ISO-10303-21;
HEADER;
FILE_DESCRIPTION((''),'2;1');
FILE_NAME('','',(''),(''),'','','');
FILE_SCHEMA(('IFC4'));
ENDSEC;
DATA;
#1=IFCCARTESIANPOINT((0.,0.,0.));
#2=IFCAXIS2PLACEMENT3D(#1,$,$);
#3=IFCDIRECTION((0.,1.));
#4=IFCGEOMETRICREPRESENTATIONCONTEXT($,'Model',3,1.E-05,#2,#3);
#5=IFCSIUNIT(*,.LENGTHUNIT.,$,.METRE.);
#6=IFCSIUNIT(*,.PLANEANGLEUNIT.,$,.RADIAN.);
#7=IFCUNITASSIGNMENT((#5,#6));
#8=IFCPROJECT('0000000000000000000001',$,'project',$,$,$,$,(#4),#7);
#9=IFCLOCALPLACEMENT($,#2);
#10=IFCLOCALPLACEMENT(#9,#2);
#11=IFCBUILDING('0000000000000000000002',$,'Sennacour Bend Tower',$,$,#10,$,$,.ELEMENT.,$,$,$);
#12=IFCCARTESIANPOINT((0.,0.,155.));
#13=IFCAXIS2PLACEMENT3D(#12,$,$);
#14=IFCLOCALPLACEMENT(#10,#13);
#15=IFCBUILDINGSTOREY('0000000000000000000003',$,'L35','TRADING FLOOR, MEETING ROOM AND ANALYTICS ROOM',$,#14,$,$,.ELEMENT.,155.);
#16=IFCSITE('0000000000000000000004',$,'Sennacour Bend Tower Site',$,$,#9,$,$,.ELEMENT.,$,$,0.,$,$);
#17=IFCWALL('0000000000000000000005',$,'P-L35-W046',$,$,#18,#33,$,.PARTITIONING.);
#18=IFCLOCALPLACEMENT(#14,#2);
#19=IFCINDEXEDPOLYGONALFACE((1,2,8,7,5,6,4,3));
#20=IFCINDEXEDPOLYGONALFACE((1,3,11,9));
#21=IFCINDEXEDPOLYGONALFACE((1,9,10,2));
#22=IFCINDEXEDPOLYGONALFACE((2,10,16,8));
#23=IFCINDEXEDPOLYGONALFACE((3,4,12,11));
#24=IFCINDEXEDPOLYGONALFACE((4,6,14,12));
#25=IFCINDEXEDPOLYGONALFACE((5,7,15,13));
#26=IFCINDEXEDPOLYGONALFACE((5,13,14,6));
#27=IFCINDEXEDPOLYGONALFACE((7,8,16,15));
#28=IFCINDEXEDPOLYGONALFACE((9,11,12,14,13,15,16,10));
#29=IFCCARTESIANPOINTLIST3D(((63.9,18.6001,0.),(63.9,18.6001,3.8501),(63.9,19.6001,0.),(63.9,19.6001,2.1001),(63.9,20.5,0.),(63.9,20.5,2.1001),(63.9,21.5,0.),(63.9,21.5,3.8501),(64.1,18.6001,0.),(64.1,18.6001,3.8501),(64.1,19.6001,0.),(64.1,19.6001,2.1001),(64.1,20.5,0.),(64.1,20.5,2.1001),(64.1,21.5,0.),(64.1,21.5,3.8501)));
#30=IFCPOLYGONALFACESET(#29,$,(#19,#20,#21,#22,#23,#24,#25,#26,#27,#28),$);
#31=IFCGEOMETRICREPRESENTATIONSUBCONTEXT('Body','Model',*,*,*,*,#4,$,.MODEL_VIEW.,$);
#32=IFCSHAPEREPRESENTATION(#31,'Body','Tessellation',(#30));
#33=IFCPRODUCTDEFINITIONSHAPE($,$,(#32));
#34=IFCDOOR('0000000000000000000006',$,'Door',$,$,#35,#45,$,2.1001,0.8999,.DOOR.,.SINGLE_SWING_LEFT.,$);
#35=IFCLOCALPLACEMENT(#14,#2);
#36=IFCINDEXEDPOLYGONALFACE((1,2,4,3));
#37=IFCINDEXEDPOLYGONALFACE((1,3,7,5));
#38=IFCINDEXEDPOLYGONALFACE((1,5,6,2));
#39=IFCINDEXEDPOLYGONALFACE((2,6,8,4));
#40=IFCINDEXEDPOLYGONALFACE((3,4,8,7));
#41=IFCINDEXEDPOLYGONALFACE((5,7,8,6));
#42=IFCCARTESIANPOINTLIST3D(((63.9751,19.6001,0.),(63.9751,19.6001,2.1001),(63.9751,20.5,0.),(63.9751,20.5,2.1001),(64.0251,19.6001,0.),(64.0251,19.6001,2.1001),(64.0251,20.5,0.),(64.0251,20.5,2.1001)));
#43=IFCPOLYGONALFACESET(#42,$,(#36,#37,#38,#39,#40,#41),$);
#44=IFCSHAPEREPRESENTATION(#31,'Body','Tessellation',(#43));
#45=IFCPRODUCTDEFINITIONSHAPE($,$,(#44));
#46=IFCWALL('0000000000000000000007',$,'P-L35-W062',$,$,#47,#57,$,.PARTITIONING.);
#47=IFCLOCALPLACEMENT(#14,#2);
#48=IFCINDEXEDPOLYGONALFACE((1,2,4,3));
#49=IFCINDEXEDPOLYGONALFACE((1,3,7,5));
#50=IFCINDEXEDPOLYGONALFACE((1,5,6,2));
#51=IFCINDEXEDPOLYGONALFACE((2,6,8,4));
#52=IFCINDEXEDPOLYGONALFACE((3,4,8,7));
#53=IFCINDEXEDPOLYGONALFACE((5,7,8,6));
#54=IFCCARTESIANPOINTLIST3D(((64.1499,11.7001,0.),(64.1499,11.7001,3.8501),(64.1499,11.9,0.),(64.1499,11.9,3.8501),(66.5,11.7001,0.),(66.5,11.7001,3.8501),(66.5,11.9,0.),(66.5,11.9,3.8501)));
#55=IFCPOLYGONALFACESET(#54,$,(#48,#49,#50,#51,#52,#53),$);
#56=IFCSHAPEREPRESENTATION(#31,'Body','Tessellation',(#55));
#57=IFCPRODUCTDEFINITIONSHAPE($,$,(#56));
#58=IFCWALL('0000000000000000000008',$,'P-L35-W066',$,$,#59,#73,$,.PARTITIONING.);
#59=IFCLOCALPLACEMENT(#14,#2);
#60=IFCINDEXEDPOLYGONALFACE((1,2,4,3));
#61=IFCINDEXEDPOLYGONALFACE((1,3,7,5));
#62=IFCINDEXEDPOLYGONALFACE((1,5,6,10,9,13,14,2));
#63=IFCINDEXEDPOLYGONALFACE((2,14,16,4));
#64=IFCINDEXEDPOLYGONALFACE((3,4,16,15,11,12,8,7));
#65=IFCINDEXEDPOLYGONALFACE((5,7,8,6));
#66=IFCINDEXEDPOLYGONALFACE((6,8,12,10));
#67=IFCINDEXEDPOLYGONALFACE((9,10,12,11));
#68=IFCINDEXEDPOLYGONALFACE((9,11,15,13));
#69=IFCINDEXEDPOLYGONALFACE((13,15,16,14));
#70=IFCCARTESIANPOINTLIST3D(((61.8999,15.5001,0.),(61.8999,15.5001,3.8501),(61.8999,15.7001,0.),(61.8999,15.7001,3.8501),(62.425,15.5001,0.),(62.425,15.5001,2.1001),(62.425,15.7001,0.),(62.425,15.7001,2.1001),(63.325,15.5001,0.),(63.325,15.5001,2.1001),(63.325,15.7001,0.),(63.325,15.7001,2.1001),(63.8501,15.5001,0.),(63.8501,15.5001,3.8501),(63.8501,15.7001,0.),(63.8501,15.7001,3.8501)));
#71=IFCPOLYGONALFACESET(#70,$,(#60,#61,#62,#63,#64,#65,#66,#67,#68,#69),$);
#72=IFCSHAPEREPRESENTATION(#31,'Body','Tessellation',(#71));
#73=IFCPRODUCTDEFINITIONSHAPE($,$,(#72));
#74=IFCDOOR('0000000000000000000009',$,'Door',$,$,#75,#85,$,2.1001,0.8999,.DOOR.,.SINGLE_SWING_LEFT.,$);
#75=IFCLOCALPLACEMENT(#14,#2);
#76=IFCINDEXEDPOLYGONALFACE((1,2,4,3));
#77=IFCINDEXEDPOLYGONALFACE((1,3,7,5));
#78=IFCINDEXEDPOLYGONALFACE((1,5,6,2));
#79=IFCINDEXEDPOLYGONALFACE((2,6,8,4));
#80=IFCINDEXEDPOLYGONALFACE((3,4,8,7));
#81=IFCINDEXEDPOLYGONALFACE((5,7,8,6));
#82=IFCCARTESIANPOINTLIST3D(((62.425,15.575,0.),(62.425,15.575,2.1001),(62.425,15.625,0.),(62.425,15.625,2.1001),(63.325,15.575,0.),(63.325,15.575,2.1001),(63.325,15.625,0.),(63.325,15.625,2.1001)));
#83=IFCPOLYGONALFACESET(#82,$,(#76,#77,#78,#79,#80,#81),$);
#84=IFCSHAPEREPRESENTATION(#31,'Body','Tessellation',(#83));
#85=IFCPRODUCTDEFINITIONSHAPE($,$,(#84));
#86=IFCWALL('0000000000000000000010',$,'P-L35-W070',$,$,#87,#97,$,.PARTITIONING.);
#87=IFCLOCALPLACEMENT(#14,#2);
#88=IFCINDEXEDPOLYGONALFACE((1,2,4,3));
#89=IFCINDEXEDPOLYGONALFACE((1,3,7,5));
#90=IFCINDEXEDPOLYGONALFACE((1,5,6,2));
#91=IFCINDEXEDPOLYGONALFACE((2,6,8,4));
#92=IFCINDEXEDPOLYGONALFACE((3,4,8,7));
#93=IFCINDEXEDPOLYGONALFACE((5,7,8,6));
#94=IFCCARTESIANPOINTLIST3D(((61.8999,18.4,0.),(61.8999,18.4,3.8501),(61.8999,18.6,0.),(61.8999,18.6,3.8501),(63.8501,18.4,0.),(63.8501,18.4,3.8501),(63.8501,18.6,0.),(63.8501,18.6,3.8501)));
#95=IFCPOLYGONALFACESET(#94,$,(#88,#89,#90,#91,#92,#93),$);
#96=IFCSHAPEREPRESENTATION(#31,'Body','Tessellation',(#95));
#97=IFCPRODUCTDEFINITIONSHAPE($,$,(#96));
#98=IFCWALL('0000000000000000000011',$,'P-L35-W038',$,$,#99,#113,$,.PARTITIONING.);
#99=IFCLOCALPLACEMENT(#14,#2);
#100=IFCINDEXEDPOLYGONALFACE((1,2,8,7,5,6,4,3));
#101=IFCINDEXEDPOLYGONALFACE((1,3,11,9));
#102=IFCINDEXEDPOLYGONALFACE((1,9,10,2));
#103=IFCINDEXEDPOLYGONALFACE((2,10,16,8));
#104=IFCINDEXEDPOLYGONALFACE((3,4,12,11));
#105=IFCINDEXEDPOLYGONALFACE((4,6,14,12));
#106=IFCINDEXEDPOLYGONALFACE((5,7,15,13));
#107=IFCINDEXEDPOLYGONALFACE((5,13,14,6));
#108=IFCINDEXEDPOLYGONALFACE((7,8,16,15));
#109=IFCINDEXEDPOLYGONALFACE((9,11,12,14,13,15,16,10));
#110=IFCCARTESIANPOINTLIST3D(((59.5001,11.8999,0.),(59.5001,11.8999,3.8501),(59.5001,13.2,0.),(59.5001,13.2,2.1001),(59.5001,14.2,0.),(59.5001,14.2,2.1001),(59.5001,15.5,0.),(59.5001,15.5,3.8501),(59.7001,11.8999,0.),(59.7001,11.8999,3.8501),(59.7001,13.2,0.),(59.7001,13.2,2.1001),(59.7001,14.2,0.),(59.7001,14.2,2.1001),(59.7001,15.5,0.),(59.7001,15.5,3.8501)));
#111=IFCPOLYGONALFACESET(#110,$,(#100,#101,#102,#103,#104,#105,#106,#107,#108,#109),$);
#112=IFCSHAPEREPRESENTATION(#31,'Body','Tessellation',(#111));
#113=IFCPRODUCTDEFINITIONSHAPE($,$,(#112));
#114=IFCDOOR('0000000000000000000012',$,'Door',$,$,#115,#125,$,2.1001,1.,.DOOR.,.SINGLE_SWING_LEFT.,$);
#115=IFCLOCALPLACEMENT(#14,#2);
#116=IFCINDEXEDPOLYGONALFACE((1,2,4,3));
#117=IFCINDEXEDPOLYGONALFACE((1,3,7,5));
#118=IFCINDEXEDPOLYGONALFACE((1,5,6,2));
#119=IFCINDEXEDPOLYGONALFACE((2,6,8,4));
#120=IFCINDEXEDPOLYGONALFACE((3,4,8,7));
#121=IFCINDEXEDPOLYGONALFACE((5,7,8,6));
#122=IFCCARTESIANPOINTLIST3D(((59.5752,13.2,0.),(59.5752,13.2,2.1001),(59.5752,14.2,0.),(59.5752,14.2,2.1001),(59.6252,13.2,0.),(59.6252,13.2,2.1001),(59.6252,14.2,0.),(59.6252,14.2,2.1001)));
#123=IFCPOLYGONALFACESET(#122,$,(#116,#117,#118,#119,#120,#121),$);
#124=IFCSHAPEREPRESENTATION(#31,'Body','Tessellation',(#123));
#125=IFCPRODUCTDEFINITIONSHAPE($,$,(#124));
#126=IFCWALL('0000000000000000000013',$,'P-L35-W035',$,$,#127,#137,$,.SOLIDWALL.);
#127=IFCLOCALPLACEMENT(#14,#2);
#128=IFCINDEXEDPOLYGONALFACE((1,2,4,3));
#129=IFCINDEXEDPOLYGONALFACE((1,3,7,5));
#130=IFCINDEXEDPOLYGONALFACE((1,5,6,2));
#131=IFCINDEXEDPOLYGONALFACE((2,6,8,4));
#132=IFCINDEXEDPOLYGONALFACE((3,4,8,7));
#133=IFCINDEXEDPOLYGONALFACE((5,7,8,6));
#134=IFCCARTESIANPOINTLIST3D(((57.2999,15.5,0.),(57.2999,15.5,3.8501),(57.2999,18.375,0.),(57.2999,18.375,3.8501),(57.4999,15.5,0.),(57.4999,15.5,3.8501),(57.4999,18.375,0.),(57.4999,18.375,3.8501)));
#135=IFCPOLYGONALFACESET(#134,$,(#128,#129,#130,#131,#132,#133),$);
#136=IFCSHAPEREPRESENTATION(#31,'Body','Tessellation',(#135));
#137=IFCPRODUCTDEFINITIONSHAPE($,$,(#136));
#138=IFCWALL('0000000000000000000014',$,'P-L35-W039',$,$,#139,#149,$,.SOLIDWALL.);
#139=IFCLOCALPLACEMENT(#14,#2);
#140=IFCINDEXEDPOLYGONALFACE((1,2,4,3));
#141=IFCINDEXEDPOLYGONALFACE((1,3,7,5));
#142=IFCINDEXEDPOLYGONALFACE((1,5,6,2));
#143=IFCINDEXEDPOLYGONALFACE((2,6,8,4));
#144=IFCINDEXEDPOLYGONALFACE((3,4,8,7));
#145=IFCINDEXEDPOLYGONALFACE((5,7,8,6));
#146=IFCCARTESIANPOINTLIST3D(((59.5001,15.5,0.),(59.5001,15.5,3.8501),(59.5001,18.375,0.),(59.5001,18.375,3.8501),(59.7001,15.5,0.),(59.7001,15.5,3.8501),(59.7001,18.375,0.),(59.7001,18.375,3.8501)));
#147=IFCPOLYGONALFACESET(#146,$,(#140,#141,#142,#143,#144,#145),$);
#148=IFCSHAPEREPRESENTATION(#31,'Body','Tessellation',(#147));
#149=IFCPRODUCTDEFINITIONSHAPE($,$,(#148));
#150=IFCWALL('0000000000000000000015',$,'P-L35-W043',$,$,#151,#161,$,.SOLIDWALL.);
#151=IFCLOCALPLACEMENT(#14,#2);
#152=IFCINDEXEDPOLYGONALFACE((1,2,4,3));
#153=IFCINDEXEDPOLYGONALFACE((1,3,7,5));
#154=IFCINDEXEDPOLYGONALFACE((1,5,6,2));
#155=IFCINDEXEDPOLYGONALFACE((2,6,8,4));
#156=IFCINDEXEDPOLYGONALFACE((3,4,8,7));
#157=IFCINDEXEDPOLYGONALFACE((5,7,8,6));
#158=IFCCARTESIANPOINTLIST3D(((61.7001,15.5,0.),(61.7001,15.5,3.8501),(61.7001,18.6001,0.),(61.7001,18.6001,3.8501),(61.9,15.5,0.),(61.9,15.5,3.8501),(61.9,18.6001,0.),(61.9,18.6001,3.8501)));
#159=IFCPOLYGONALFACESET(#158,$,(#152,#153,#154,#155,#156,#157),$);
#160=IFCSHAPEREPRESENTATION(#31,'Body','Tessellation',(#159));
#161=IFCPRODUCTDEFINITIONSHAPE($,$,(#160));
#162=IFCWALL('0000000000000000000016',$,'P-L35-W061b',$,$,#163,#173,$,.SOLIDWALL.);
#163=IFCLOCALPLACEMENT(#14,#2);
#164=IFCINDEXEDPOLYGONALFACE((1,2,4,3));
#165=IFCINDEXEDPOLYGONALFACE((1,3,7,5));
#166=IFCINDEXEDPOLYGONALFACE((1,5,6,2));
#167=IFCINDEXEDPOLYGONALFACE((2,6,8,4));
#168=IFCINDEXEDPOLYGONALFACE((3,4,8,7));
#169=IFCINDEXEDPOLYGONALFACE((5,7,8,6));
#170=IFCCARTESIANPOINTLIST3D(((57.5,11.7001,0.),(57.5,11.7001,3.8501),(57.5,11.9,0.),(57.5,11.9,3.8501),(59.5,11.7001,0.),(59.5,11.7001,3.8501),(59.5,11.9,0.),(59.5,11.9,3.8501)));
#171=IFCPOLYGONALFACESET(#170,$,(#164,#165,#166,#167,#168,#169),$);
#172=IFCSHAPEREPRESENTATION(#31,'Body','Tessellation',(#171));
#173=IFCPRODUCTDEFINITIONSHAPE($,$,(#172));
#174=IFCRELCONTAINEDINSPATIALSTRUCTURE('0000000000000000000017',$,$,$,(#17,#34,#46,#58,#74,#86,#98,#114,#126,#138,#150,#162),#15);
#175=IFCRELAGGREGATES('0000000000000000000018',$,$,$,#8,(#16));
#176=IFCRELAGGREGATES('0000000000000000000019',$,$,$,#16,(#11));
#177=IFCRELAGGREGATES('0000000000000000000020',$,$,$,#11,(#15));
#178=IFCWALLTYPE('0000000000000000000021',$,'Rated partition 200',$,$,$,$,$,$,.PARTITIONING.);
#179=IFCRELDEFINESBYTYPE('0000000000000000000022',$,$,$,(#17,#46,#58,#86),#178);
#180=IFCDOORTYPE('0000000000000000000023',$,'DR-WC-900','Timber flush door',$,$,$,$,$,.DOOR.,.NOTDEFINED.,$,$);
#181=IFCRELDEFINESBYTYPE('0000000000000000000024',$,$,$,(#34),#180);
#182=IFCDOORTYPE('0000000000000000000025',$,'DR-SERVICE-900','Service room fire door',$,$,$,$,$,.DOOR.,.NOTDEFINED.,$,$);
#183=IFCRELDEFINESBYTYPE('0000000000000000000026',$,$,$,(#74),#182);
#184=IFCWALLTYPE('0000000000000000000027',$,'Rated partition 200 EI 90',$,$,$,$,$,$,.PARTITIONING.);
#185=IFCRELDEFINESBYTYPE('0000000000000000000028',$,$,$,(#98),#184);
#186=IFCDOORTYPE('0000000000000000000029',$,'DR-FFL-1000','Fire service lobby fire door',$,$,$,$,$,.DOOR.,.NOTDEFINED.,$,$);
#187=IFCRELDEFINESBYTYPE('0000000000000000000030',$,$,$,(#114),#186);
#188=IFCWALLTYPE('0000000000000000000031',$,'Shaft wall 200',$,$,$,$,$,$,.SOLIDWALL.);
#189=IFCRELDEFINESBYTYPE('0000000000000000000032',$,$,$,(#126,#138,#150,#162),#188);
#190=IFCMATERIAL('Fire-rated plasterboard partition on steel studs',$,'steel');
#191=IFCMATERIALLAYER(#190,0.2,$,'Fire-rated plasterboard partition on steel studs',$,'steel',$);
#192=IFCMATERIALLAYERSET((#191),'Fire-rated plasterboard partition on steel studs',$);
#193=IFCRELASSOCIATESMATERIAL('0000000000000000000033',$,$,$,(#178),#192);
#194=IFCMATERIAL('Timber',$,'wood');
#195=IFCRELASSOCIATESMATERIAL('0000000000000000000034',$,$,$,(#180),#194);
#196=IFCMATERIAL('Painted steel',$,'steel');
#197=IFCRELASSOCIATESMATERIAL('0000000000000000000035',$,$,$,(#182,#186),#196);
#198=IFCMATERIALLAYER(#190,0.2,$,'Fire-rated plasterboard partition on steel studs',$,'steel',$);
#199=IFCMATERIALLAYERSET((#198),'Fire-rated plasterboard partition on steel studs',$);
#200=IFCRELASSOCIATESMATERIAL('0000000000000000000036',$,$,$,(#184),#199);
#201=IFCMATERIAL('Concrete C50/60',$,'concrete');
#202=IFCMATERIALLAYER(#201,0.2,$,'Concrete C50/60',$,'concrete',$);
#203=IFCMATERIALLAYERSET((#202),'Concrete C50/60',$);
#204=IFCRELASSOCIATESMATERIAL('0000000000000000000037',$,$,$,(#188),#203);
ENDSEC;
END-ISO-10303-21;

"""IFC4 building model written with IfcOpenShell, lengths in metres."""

from ifc_helpers import new_model, si_unit, direction, frame, frame_2d, origin, place, context, subcontext, project, spatial, rectangle, extrude, material, layer, layer_set, type_object, element, fill, save


model = new_model("IFC4")

# Units and contexts
model_context = context("Model", 3, precision=1e-05, world=origin(), true_north=direction((0.0, 1.0)))
body_context = subcontext(model_context, "Body", "Model", "MODEL_VIEW")
ifc_project = project(units=[si_unit("LENGTHUNIT", "METRE"), si_unit("PLANEANGLEUNIT", "RADIAN")], contexts=[model_context])

# Site, building, storey
site_placement = place(None, origin())
site = spatial("IfcSite", under=ifc_project, at=site_placement, Name="Sennacour Bend Tower Site", CompositionType="ELEMENT", RefElevation=0.0)
building_placement = place(site_placement, origin())
building = spatial("IfcBuilding", under=site, at=building_placement, Name="Sennacour Bend Tower", CompositionType="ELEMENT")
storey_placement = place(building_placement, frame((0.0, 0.0, 155.0)))
storey = spatial("IfcBuildingStorey", under=building, at=storey_placement, Name="L35", Description="TRADING FLOOR, MEETING ROOM AND ANALYTICS ROOM", CompositionType="ELEMENT", Elevation=155.0)

# Wall, opening, door
ifc_material_1 = material(Name="Fire-rated plasterboard partition on steel studs", Category="steel")
ifc_layer_1 = layer(ifc_material_1, 0.2, Name="Fire-rated plasterboard partition on steel studs", Category="steel")
ifc_layer_set_1 = layer_set([ifc_layer_1], Name="Fire-rated plasterboard partition on steel studs")
wall_type_1 = type_object("IfcWallType", Name="Rated partition 200", PredefinedType="PARTITIONING", material=ifc_layer_set_1)
wall_1_placement = place(storey_placement, frame((64.0, 18.6001, 0.0), z_axis=(0.0, 0.0, 1.0), x_axis=(0.0, 1.0, 0.0)))
wall_1 = element("IfcWall", 1, at=wall_1_placement, inside=storey, type_object=wall_type_1, Name="P-L35-W046", PredefinedType="PARTITIONING", context=body_context, shape_type="SweptSolid", body=[
    extrude(rectangle(XDim=2.8999, YDim=0.2, at=frame_2d((1.45, 0.0))), origin(), (0.0, 0.0, 1.0), 3.8501),
])
opening_1_placement = place(wall_1_placement, frame((1.0, 0.0, 0.0)))
opening_1 = element("IfcOpeningElement", 2, at=opening_1_placement, cuts=wall_1, PredefinedType="OPENING", context=body_context, shape_type="SweptSolid", body=[
    extrude(rectangle(XDim=0.8999, YDim=2.1001, at=frame_2d((0.45, 1.05))), frame((0.0, 0.1099, 0.0), z_axis=(0.0, -1.0, 0.0), x_axis=(1.0, 0.0, 0.0)), (0.0, 0.0, 1.0), 0.22),
])
ifc_material_2 = material(Name="Timber", Category="wood")
door_type_1 = type_object("IfcDoorType", Name="DR-WC-900", Description="Timber flush door", OperationType="NOTDEFINED", PredefinedType="DOOR", material=ifc_material_2)
door_1_placement = place(opening_1_placement, origin())
door_1 = element("IfcDoor", 3, at=door_1_placement, inside=storey, type_object=door_type_1, Name="Door", OperationType="SINGLE_SWING_LEFT", OverallHeight=2.1001, OverallWidth=0.8999, PredefinedType="DOOR", context=body_context, shape_type="SweptSolid", body=[
    extrude(rectangle(XDim=0.8999, YDim=2.1001, at=frame_2d((0.45, 1.05))), frame((0.0, 0.0249, 0.0), z_axis=(0.0, -1.0, 0.0), x_axis=(1.0, 0.0, 0.0)), (0.0, 0.0, 1.0), 0.05),
])
fill(opening_1, door_1)

# Wall
wall_2_placement = place(storey_placement, frame((64.1499, 11.8, 0.0), z_axis=(0.0, 0.0, 1.0), x_axis=(1.0, 0.0, 0.0)))
element("IfcWall", 4, at=wall_2_placement, inside=storey, type_object=wall_type_1, Name="P-L35-W062", PredefinedType="PARTITIONING", context=body_context, shape_type="SweptSolid", body=[
    extrude(rectangle(XDim=2.3501, YDim=0.2, at=frame_2d((1.175, 0.0))), origin(), (0.0, 0.0, 1.0), 3.8501),
])

# Wall, opening, door
wall_3_placement = place(storey_placement, frame((61.8999, 15.6001, 0.0), z_axis=(0.0, 0.0, 1.0), x_axis=(1.0, 0.0, 0.0)))
wall_3 = element("IfcWall", 5, at=wall_3_placement, inside=storey, type_object=wall_type_1, Name="P-L35-W066", PredefinedType="PARTITIONING", context=body_context, shape_type="SweptSolid", body=[
    extrude(rectangle(XDim=1.9502, YDim=0.2, at=frame_2d((0.9751, 0.0))), origin(), (0.0, 0.0, 1.0), 3.8501),
])
opening_2_placement = place(wall_3_placement, frame((0.5251, 0.0, 0.0)))
opening_2 = element("IfcOpeningElement", 6, at=opening_2_placement, cuts=wall_3, PredefinedType="OPENING", context=body_context, shape_type="SweptSolid", body=[
    extrude(rectangle(XDim=0.8999, YDim=2.1001, at=frame_2d((0.45, 1.05))), frame((0.0, 0.1099, 0.0), z_axis=(0.0, -1.0, 0.0), x_axis=(1.0, 0.0, 0.0)), (0.0, 0.0, 1.0), 0.22),
])
ifc_material_3 = material(Name="Painted steel", Category="steel")
door_type_2 = type_object("IfcDoorType", Name="DR-SERVICE-900", Description="Service room fire door", OperationType="NOTDEFINED", PredefinedType="DOOR", material=ifc_material_3)
door_2_placement = place(opening_2_placement, origin())
door_2 = element("IfcDoor", 7, at=door_2_placement, inside=storey, type_object=door_type_2, Name="Door", OperationType="SINGLE_SWING_LEFT", OverallHeight=2.1001, OverallWidth=0.8999, PredefinedType="DOOR", context=body_context, shape_type="SweptSolid", body=[
    extrude(rectangle(XDim=0.8999, YDim=2.1001, at=frame_2d((0.45, 1.05))), frame((0.0, 0.0249, 0.0), z_axis=(0.0, -1.0, 0.0), x_axis=(1.0, 0.0, 0.0)), (0.0, 0.0, 1.0), 0.05),
])
fill(opening_2, door_2)

# Wall
wall_4_placement = place(storey_placement, frame((61.8999, 18.5, 0.0), z_axis=(0.0, 0.0, 1.0), x_axis=(1.0, 0.0, 0.0)))
element("IfcWall", 8, at=wall_4_placement, inside=storey, type_object=wall_type_1, Name="P-L35-W070", PredefinedType="PARTITIONING", context=body_context, shape_type="SweptSolid", body=[
    extrude(rectangle(XDim=1.9502, YDim=0.2, at=frame_2d((0.9751, 0.0))), origin(), (0.0, 0.0, 1.0), 3.8501),
])

# Wall, opening, door
ifc_layer_2 = layer(ifc_material_1, 0.2, Name="Fire-rated plasterboard partition on steel studs", Category="steel")
ifc_layer_set_2 = layer_set([ifc_layer_2], Name="Fire-rated plasterboard partition on steel studs")
wall_type_2 = type_object("IfcWallType", Name="Rated partition 200 EI 90", PredefinedType="PARTITIONING", material=ifc_layer_set_2)
wall_5_placement = place(storey_placement, frame((59.6001, 11.8999, 0.0), z_axis=(0.0, 0.0, 1.0), x_axis=(0.0, 1.0, 0.0)))
wall_5 = element("IfcWall", 9, at=wall_5_placement, inside=storey, type_object=wall_type_2, Name="P-L35-W038", PredefinedType="PARTITIONING", context=body_context, shape_type="SweptSolid", body=[
    extrude(rectangle(XDim=3.6001, YDim=0.2, at=frame_2d((1.8, 0.0))), origin(), (0.0, 0.0, 1.0), 3.8501),
])
opening_3_placement = place(wall_5_placement, frame((1.3, 0.0, 0.0)))
opening_3 = element("IfcOpeningElement", 10, at=opening_3_placement, cuts=wall_5, PredefinedType="OPENING", context=body_context, shape_type="SweptSolid", body=[
    extrude(rectangle(XDim=1.0, YDim=2.1001, at=frame_2d((0.5, 1.05))), frame((0.0, 0.1099, 0.0), z_axis=(0.0, -1.0, 0.0), x_axis=(1.0, 0.0, 0.0)), (0.0, 0.0, 1.0), 0.22),
])
door_type_3 = type_object("IfcDoorType", Name="DR-FFL-1000", Description="Fire service lobby fire door", OperationType="NOTDEFINED", PredefinedType="DOOR", material=ifc_material_3)
door_3_placement = place(opening_3_placement, origin())
door_3 = element("IfcDoor", 11, at=door_3_placement, inside=storey, type_object=door_type_3, Name="Door", OperationType="SINGLE_SWING_LEFT", OverallHeight=2.1001, OverallWidth=1.0, PredefinedType="DOOR", context=body_context, shape_type="SweptSolid", body=[
    extrude(rectangle(XDim=1.0, YDim=2.1001, at=frame_2d((0.5, 1.05))), frame((0.0, 0.0249, 0.0), z_axis=(0.0, -1.0, 0.0), x_axis=(1.0, 0.0, 0.0)), (0.0, 0.0, 1.0), 0.05),
])
fill(opening_3, door_3)

# Walls
ifc_material_4 = material(Name="Concrete C50/60", Category="concrete")
ifc_layer_3 = layer(ifc_material_4, 0.2, Name="Concrete C50/60", Category="concrete")
ifc_layer_set_3 = layer_set([ifc_layer_3], Name="Concrete C50/60")
wall_type_3 = type_object("IfcWallType", Name="Shaft wall 200", PredefinedType="SOLIDWALL", material=ifc_layer_set_3)
for number, where, z_axis, x_axis, name in (
    (12, (57.3999, 15.5, 0.0), (0.0, 0.0, 1.0), (0.0, 1.0, 0.0), "P-L35-W035"),
    (13, (59.6001, 15.5, 0.0), (0.0, 0.0, 1.0), (0.0, 1.0, 0.0), "P-L35-W039"),
):
    element("IfcWall", number, at=place(storey_placement, frame(where, z_axis=z_axis, x_axis=x_axis)), inside=storey, type_object=wall_type_3, Name=name, PredefinedType="SOLIDWALL", context=body_context, shape_type="SweptSolid", body=[
        extrude(rectangle(XDim=2.875, YDim=0.2, at=frame_2d((1.4375, 0.0))), origin(), (0.0, 0.0, 1.0), 3.8501),
    ])
wall_6_placement = place(storey_placement, frame((61.8, 15.5, 0.0), z_axis=(0.0, 0.0, 1.0), x_axis=(0.0, 1.0, 0.0)))
element("IfcWall", 14, at=wall_6_placement, inside=storey, type_object=wall_type_3, Name="P-L35-W043", PredefinedType="SOLIDWALL", context=body_context, shape_type="SweptSolid", body=[
    extrude(rectangle(XDim=3.1001, YDim=0.2, at=frame_2d((1.55, 0.0))), origin(), (0.0, 0.0, 1.0), 3.8501),
])
for number, where, z_axis, x_axis, name in (
    (15, (57.5, 11.8, 0.0), (0.0, 0.0, 1.0), (1.0, 0.0, 0.0), "P-L35-W061b"),
):
    element("IfcWall", number, at=place(storey_placement, frame(where, z_axis=z_axis, x_axis=x_axis)), inside=storey, type_object=wall_type_3, Name=name, PredefinedType="SOLIDWALL", context=body_context, shape_type="SweptSolid", body=[
        extrude(rectangle(XDim=2.0, YDim=0.2, at=frame_2d((1.0, 0.0))), origin(), (0.0, 0.0, 1.0), 3.8501),
    ])

save(model, "model.ifc")
